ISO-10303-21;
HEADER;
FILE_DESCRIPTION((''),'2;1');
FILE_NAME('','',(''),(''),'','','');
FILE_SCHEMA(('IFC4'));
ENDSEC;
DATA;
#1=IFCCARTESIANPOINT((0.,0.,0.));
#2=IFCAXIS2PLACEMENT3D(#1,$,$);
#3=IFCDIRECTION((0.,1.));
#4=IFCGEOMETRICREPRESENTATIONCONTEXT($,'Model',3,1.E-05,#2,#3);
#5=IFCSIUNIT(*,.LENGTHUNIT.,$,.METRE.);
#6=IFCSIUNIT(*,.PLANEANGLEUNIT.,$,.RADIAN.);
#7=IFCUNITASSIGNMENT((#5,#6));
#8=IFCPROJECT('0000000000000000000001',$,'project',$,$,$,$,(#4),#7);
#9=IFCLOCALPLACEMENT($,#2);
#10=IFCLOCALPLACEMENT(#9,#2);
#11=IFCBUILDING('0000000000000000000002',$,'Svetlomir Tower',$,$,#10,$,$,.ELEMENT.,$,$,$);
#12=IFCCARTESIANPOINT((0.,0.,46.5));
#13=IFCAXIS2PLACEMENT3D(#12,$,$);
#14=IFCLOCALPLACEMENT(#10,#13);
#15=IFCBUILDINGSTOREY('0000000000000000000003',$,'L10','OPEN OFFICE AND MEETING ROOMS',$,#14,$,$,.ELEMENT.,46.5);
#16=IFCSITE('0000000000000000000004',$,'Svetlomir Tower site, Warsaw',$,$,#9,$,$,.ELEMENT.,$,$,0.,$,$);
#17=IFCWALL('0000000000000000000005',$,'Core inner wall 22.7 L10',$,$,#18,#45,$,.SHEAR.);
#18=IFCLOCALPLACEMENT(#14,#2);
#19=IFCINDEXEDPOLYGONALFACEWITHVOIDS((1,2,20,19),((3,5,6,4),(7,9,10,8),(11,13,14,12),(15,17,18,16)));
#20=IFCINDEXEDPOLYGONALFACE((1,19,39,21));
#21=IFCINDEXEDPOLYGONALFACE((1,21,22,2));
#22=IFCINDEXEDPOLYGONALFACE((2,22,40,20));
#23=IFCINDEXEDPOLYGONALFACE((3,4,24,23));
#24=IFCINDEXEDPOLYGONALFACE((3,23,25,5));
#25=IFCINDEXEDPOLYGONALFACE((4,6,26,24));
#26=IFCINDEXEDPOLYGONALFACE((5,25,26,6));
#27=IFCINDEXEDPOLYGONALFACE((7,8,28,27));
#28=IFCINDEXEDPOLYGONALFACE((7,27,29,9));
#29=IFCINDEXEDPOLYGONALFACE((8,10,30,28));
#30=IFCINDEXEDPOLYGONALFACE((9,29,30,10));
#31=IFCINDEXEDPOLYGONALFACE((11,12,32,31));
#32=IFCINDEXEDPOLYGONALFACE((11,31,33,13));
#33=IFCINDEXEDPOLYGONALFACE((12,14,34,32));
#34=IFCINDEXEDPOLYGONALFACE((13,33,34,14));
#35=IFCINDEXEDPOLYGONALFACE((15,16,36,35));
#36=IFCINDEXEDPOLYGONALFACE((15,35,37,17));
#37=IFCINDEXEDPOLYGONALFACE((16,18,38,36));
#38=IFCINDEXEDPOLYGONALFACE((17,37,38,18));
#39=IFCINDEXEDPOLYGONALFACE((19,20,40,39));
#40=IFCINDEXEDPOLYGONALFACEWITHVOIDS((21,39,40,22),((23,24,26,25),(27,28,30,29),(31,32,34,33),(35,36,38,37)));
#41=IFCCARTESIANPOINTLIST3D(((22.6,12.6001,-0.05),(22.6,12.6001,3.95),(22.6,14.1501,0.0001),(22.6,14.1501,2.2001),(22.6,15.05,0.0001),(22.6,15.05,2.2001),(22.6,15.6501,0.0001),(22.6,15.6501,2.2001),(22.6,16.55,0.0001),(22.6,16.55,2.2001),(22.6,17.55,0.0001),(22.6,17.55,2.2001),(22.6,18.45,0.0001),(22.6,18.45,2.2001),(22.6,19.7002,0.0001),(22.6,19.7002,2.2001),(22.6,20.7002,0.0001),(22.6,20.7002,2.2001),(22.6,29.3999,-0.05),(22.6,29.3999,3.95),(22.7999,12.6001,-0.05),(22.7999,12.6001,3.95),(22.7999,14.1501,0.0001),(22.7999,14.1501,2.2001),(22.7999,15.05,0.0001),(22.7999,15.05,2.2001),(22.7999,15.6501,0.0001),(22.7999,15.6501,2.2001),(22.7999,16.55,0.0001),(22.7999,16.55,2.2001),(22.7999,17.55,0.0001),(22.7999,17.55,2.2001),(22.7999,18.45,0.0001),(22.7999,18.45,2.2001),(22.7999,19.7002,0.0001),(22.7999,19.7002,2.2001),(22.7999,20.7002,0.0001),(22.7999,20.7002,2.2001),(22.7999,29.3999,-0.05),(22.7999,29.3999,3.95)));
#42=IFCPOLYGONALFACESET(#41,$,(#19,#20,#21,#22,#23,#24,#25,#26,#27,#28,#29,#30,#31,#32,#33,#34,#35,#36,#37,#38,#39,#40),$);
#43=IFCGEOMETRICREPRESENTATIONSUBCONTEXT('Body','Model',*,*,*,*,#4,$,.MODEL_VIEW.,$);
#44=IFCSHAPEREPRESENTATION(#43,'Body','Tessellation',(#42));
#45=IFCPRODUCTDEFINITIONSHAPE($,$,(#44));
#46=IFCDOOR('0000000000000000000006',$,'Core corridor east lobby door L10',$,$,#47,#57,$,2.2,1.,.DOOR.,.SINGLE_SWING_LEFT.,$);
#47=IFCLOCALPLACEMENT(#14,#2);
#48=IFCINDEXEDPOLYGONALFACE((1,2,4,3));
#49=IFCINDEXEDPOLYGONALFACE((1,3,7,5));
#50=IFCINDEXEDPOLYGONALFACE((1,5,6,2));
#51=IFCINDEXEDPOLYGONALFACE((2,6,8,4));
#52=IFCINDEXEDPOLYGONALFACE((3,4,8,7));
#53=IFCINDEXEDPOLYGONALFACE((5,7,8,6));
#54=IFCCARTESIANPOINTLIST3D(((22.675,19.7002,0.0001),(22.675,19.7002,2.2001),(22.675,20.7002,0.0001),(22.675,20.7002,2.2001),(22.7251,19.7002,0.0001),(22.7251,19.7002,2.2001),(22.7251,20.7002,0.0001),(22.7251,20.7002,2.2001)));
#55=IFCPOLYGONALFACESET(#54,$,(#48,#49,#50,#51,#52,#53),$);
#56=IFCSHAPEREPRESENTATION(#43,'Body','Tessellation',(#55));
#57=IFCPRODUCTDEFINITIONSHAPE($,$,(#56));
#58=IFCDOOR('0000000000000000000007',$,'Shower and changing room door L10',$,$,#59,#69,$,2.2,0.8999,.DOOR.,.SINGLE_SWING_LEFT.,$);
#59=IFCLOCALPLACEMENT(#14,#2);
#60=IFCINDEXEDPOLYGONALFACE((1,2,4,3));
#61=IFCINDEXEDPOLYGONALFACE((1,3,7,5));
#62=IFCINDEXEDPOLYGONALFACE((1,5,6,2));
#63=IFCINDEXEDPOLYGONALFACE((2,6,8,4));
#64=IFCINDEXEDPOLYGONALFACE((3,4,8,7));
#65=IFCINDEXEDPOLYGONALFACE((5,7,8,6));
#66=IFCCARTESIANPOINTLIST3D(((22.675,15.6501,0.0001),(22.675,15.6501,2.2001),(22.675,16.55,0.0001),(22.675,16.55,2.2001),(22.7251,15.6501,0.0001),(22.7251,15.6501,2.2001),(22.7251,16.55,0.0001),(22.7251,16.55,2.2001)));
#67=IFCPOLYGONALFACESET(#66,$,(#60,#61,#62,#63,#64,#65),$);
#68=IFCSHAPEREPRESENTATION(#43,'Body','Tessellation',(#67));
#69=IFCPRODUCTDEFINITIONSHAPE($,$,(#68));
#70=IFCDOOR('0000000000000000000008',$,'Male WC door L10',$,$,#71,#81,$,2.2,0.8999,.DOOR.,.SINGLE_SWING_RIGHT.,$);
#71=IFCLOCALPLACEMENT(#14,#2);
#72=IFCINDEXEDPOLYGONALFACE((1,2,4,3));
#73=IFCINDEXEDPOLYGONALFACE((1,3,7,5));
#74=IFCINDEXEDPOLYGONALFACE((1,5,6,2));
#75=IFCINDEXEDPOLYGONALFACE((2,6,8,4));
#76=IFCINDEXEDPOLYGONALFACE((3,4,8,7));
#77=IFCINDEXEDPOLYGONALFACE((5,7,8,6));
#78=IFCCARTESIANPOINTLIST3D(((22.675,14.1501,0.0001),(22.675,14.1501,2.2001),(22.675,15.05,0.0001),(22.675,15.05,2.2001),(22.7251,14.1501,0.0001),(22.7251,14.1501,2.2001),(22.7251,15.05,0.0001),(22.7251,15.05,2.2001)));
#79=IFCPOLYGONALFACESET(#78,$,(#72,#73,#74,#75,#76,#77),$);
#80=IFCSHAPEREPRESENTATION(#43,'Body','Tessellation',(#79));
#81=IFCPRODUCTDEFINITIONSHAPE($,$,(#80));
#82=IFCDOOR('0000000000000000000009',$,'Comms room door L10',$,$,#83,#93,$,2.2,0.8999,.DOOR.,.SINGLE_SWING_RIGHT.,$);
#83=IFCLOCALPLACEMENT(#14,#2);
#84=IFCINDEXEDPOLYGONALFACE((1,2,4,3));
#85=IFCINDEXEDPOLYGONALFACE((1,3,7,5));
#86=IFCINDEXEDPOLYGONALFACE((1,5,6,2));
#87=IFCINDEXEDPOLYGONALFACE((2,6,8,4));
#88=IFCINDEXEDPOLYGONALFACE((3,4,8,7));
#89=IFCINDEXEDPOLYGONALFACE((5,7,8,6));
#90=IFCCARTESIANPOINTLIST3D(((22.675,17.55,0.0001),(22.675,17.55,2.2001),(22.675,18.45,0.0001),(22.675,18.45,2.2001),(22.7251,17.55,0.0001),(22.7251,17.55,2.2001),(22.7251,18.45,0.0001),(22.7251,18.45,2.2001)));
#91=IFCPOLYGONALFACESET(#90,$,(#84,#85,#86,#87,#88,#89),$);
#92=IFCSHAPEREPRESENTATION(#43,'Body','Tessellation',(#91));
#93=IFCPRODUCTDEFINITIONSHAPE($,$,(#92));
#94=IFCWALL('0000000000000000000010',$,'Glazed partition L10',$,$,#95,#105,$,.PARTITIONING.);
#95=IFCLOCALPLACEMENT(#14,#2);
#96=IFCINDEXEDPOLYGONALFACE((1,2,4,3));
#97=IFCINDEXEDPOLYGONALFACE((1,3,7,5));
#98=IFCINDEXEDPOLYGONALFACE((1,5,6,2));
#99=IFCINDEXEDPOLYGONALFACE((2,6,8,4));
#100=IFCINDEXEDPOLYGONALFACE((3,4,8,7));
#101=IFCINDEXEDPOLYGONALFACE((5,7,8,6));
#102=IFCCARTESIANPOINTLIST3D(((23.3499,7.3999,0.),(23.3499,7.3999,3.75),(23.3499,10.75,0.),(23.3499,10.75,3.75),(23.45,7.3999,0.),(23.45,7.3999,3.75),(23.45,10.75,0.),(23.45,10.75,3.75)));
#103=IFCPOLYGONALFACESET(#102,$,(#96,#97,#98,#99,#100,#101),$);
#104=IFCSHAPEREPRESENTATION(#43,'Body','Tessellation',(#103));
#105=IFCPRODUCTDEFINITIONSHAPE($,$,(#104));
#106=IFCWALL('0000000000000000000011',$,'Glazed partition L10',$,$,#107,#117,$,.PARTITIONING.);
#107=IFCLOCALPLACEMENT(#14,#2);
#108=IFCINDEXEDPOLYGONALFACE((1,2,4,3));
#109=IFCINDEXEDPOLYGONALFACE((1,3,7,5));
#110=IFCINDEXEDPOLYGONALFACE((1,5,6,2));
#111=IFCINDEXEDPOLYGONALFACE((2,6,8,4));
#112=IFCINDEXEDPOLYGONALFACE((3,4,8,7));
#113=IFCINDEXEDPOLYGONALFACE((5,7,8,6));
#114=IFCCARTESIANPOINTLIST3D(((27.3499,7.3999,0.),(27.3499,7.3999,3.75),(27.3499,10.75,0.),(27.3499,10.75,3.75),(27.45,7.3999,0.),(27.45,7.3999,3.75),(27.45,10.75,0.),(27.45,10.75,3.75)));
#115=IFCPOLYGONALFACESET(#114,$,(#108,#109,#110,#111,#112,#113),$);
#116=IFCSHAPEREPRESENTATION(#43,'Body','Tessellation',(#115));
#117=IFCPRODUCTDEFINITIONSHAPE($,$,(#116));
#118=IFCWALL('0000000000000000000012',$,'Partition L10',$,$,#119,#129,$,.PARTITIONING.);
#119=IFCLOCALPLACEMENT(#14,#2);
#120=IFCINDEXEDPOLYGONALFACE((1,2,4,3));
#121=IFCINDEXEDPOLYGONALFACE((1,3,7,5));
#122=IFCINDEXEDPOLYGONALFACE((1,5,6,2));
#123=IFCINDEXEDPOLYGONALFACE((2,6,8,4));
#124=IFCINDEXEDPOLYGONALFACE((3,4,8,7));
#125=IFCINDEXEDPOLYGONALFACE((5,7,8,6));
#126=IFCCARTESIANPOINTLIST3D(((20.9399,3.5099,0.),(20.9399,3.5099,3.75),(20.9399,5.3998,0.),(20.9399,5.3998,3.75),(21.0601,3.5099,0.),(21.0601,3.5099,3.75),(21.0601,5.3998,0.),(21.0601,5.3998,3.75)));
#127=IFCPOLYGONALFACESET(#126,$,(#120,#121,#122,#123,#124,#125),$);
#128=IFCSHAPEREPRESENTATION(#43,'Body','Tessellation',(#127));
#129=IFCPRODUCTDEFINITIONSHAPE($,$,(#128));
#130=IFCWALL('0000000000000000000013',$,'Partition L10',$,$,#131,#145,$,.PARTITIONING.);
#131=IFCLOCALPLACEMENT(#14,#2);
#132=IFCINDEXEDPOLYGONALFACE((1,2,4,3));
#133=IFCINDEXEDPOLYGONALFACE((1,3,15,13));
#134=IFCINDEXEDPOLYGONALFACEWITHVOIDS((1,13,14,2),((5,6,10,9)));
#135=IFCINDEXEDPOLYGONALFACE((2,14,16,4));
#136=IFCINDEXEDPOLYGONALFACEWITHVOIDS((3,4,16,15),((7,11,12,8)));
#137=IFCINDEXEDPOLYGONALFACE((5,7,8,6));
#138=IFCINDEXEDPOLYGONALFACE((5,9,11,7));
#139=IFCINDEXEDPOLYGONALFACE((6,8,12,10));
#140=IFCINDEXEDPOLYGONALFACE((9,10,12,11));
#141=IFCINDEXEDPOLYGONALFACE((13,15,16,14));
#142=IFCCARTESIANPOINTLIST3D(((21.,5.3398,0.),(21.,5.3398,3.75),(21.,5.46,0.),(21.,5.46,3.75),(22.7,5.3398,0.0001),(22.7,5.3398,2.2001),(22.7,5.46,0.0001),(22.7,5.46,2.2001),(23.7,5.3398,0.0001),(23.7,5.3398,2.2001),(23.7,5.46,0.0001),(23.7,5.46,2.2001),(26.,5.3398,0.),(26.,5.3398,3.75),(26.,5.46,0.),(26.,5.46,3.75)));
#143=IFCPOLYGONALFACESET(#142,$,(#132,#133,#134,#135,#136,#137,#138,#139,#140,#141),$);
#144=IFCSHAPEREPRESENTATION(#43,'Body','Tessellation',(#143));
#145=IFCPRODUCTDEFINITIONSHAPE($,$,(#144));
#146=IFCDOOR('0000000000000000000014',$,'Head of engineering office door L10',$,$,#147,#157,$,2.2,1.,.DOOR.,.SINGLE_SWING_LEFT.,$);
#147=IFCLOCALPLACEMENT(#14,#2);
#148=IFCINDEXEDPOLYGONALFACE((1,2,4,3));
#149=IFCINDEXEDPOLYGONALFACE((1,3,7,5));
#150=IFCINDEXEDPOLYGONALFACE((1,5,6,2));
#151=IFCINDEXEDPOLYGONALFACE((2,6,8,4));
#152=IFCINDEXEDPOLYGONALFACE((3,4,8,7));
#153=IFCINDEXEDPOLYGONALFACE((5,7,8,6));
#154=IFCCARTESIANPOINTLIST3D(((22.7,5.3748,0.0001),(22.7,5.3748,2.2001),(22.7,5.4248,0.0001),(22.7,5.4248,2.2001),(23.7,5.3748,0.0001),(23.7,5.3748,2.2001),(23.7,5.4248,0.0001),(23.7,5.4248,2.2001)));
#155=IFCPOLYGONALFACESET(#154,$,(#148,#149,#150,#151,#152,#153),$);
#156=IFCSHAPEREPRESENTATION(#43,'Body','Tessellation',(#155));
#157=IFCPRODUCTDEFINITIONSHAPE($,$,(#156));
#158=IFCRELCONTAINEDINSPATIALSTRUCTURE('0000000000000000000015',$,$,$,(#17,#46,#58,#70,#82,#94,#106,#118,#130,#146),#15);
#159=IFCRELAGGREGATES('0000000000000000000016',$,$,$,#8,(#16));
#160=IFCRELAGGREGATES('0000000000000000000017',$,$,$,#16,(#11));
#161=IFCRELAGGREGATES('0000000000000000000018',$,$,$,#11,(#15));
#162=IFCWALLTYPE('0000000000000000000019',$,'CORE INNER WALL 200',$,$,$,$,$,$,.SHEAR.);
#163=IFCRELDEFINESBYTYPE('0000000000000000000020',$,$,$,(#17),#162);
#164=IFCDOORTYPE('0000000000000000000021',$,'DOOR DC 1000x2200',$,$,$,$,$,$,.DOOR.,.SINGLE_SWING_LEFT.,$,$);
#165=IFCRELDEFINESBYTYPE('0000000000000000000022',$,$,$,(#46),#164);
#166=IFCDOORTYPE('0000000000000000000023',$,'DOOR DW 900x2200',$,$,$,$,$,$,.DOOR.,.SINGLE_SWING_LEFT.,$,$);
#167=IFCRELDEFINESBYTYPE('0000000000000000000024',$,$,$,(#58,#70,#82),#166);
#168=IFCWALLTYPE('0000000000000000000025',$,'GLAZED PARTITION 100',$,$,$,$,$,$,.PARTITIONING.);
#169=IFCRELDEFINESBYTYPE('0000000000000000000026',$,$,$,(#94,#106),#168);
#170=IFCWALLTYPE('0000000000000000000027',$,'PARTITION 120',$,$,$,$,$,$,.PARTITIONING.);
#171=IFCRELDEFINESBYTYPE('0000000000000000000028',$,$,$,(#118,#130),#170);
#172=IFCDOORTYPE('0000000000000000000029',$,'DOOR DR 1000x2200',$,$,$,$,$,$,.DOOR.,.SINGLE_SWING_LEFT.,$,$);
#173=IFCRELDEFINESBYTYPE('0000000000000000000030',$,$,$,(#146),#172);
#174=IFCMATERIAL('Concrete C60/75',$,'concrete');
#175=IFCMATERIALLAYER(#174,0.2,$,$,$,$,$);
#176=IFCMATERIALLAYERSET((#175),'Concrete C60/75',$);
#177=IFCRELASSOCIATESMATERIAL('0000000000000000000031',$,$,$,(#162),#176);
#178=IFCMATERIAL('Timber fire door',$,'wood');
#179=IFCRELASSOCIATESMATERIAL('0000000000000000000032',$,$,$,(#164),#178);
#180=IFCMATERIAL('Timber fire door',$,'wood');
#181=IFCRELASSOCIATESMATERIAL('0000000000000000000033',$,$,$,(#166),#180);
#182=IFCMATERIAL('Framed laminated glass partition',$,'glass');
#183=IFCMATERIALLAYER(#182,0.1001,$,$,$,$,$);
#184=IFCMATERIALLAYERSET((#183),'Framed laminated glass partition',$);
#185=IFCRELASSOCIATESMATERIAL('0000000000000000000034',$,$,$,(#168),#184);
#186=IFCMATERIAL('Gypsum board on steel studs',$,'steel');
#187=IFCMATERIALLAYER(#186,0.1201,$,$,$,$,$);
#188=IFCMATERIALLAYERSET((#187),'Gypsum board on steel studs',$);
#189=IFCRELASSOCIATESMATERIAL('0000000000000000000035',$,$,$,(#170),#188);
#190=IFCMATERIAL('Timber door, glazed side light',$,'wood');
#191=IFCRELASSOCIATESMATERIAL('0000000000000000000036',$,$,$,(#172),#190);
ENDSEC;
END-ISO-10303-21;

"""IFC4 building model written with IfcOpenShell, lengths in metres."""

from ifc_helpers import new_model, si_unit, direction, frame, frame_2d, origin, place, context, subcontext, project, spatial, rectangle, extrude, material, layer, layer_set, type_object, element, fill, save


model = new_model("IFC4")

# Units and contexts
model_context = context("Model", 3, precision=1e-05, world=origin(), true_north=direction((0.0, 1.0)))
body_context = subcontext(model_context, "Body", "Model", "MODEL_VIEW")
ifc_project = project(units=[si_unit("LENGTHUNIT", "METRE"), si_unit("PLANEANGLEUNIT", "RADIAN")], contexts=[model_context])

# Site, building, storey
site_placement = place(None, origin())
site = spatial("IfcSite", under=ifc_project, at=site_placement, Name="Svetlomir Tower site, Warsaw", CompositionType="ELEMENT", RefElevation=0.0)
building_placement = place(site_placement, origin())
building = spatial("IfcBuilding", under=site, at=building_placement, Name="Svetlomir Tower", CompositionType="ELEMENT")
storey_placement = place(building_placement, frame((0.0, 0.0, 46.5)))
storey = spatial("IfcBuildingStorey", under=building, at=storey_placement, Name="L10", Description="OPEN OFFICE AND MEETING ROOMS", CompositionType="ELEMENT", Elevation=46.5)

# Wall, openings, doors
ifc_material_1 = material(Name="Concrete C60/75", Category="concrete")
ifc_layer_1 = layer(ifc_material_1, 0.2)
ifc_layer_set_1 = layer_set([ifc_layer_1], Name="Concrete C60/75")
wall_type_1 = type_object("IfcWallType", Name="CORE INNER WALL 200", PredefinedType="SHEAR", material=ifc_layer_set_1)
wall_1_placement = place(storey_placement, frame((22.7, 12.6001, -0.05), z_axis=(0.0, 0.0, 1.0), x_axis=(0.0, 1.0, 0.0)))
wall_1 = element("IfcWall", 1, at=wall_1_placement, inside=storey, type_object=wall_type_1, Name="Core inner wall 22.7 L10", PredefinedType="SHEAR", context=body_context, shape_type="SweptSolid", body=[
    extrude(rectangle(XDim=16.7998, YDim=0.2, at=frame_2d((8.3999, 0.0))), origin(), (0.0, 0.0, 1.0), 4.0),
])
opening_1_placement = place(wall_1_placement, frame((3.05, 0.0, 0.05)))
opening_1 = element("IfcOpeningElement", 2, at=opening_1_placement, cuts=wall_1, PredefinedType="OPENING", context=body_context, shape_type="SweptSolid", body=[
    extrude(rectangle(XDim=0.8999, YDim=2.2, at=frame_2d((0.45, 1.1001))), frame((0.0, 0.1099, 0.0), z_axis=(0.0, -1.0, 0.0), x_axis=(1.0, 0.0, 0.0)), (0.0, 0.0, 1.0), 0.22),
])
opening_2_placement = place(wall_1_placement, frame((7.1001, 0.0, 0.05)))
opening_2 = element("IfcOpeningElement", 3, at=opening_2_placement, cuts=wall_1, PredefinedType="OPENING", context=body_context, shape_type="SweptSolid", body=[
    extrude(rectangle(XDim=1.0, YDim=2.2, at=frame_2d((0.5, 1.1001))), frame((0.0, 0.1099, 0.0), z_axis=(0.0, -1.0, 0.0), x_axis=(1.0, 0.0, 0.0)), (0.0, 0.0, 1.0), 0.22),
])
opening_3_placement = place(wall_1_placement, frame((1.55, 0.0, 0.05)))
opening_3 = element("IfcOpeningElement", 4, at=opening_3_placement, cuts=wall_1, PredefinedType="OPENING", context=body_context, shape_type="SweptSolid", body=[
    extrude(rectangle(XDim=0.8999, YDim=2.2, at=frame_2d((0.45, 1.1001))), frame((0.0, 0.1099, 0.0), z_axis=(0.0, -1.0, 0.0), x_axis=(1.0, 0.0, 0.0)), (0.0, 0.0, 1.0), 0.22),
])
opening_4_placement = place(wall_1_placement, frame((4.95, 0.0, 0.05)))
opening_4 = element("IfcOpeningElement", 5, at=opening_4_placement, cuts=wall_1, PredefinedType="OPENING", context=body_context, shape_type="SweptSolid", body=[
    extrude(rectangle(XDim=0.8999, YDim=2.2, at=frame_2d((0.45, 1.1001))), frame((0.0, 0.1099, 0.0), z_axis=(0.0, -1.0, 0.0), x_axis=(1.0, 0.0, 0.0)), (0.0, 0.0, 1.0), 0.22),
])
ifc_material_2 = material(Name="Timber fire door", Category="wood")
door_type_1 = type_object("IfcDoorType", Name="DOOR DC 1000x2200", OperationType="SINGLE_SWING_LEFT", PredefinedType="DOOR", material=ifc_material_2)
door_1_placement = place(opening_2_placement, origin())
door_1 = element("IfcDoor", 6, at=door_1_placement, inside=storey, type_object=door_type_1, Name="Core corridor east lobby door L10", OperationType="SINGLE_SWING_LEFT", OverallHeight=2.2, OverallWidth=1.0, PredefinedType="DOOR", context=body_context, shape_type="SweptSolid", body=[
    extrude(rectangle(XDim=1.0, YDim=2.2, at=frame_2d((0.5, 1.1001))), frame((0.0, 0.0249, 0.0), z_axis=(0.0, -1.0, 0.0), x_axis=(1.0, 0.0, 0.0)), (0.0, 0.0, 1.0), 0.05),
])
fill(opening_2, door_1)
ifc_material_3 = material(Name="Timber fire door", Category="wood")
door_type_2 = type_object("IfcDoorType", Name="DOOR DW 900x2200", OperationType="SINGLE_SWING_LEFT", PredefinedType="DOOR", material=ifc_material_3)
door_2_placement = place(opening_1_placement, origin())
door_2 = element("IfcDoor", 7, at=door_2_placement, inside=storey, type_object=door_type_2, Name="Shower and changing room door L10", OperationType="SINGLE_SWING_LEFT", OverallHeight=2.2, OverallWidth=0.8999, PredefinedType="DOOR", context=body_context, shape_type="SweptSolid", body=[
    extrude(rectangle(XDim=0.8999, YDim=2.2, at=frame_2d((0.45, 1.1001))), frame((0.0, 0.0249, 0.0), z_axis=(0.0, -1.0, 0.0), x_axis=(1.0, 0.0, 0.0)), (0.0, 0.0, 1.0), 0.05),
])
fill(opening_1, door_2)
door_3_placement = place(opening_3_placement, origin())
door_3 = element("IfcDoor", 8, at=door_3_placement, inside=storey, type_object=door_type_2, Name="Male WC door L10", OperationType="SINGLE_SWING_RIGHT", OverallHeight=2.2, OverallWidth=0.8999, PredefinedType="DOOR", context=body_context, shape_type="SweptSolid", body=[
    extrude(rectangle(XDim=0.8999, YDim=2.2, at=frame_2d((0.45, 1.1001))), frame((0.0, 0.0249, 0.0), z_axis=(0.0, -1.0, 0.0), x_axis=(1.0, 0.0, 0.0)), (0.0, 0.0, 1.0), 0.05),
])
fill(opening_3, door_3)
door_4_placement = place(opening_4_placement, origin())
door_4 = element("IfcDoor", 9, at=door_4_placement, inside=storey, type_object=door_type_2, Name="Comms room door L10", OperationType="SINGLE_SWING_RIGHT", OverallHeight=2.2, OverallWidth=0.8999, PredefinedType="DOOR", context=body_context, shape_type="SweptSolid", body=[
    extrude(rectangle(XDim=0.8999, YDim=2.2, at=frame_2d((0.45, 1.1001))), frame((0.0, 0.0249, 0.0), z_axis=(0.0, -1.0, 0.0), x_axis=(1.0, 0.0, 0.0)), (0.0, 0.0, 1.0), 0.05),
])
fill(opening_4, door_4)

# Walls
ifc_material_4 = material(Name="Framed laminated glass partition", Category="glass")
ifc_layer_2 = layer(ifc_material_4, 0.1001)
ifc_layer_set_2 = layer_set([ifc_layer_2], Name="Framed laminated glass partition")
wall_type_2 = type_object("IfcWallType", Name="GLAZED PARTITION 100", PredefinedType="PARTITIONING", material=ifc_layer_set_2)
for number, where, z_axis, x_axis, name in (
    (10, (23.3999, 7.3999, 0.0), (0.0, 0.0, 1.0), (0.0, 1.0, 0.0), "Glazed partition L10"),
    (11, (27.3999, 7.3999, 0.0), (0.0, 0.0, 1.0), (0.0, 1.0, 0.0), "Glazed partition L10"),
):
    element("IfcWall", number, at=place(storey_placement, frame(where, z_axis=z_axis, x_axis=x_axis)), inside=storey, type_object=wall_type_2, Name=name, PredefinedType="PARTITIONING", context=body_context, shape_type="SweptSolid", body=[
        extrude(rectangle(XDim=3.3501, YDim=0.1001, at=frame_2d((1.675, 0.0))), origin(), (0.0, 0.0, 1.0), 3.75),
    ])
ifc_material_5 = material(Name="Gypsum board on steel studs", Category="steel")
ifc_layer_3 = layer(ifc_material_5, 0.1201)
ifc_layer_set_3 = layer_set([ifc_layer_3], Name="Gypsum board on steel studs")
wall_type_3 = type_object("IfcWallType", Name="PARTITION 120", PredefinedType="PARTITIONING", material=ifc_layer_set_3)
wall_2_placement = place(storey_placement, frame((21.0, 3.51, 0.0), z_axis=(0.0, 0.0, 1.0), x_axis=(0.0, 1.0, 0.0)))
element("IfcWall", 12, at=wall_2_placement, inside=storey, type_object=wall_type_3, Name="Partition L10", PredefinedType="PARTITIONING", context=body_context, shape_type="SweptSolid", body=[
    extrude(rectangle(XDim=1.8899, YDim=0.1201, at=frame_2d((0.9448, 0.0))), origin(), (0.0, 0.0, 1.0), 3.75),
])

# Wall, opening, door
wall_3_placement = place(storey_placement, frame((21.0, 5.3999, 0.0), z_axis=(0.0, 0.0, 1.0), x_axis=(1.0, 0.0, 0.0)))
wall_3 = element("IfcWall", 13, at=wall_3_placement, inside=storey, type_object=wall_type_3, Name="Partition L10", PredefinedType="PARTITIONING", context=body_context, shape_type="SweptSolid", body=[
    extrude(rectangle(XDim=5.0, YDim=0.1201, at=frame_2d((2.5, 0.0))), origin(), (0.0, 0.0, 1.0), 3.75),
])
opening_5_placement = place(wall_3_placement, frame((1.7, 0.0, 0.0)))
opening_5 = element("IfcOpeningElement", 14, at=opening_5_placement, cuts=wall_3, PredefinedType="OPENING", context=body_context, shape_type="SweptSolid", body=[
    extrude(rectangle(XDim=1.0, YDim=2.2, at=frame_2d((0.5, 1.1001))), frame((0.0, 0.0701, 0.0), z_axis=(0.0, -1.0, 0.0), x_axis=(1.0, 0.0, 0.0)), (0.0, 0.0, 1.0), 0.1401),
])
ifc_material_6 = material(Name="Timber door, glazed side light", Category="wood")
door_type_3 = type_object("IfcDoorType", Name="DOOR DR 1000x2200", OperationType="SINGLE_SWING_LEFT", PredefinedType="DOOR", material=ifc_material_6)
door_5_placement = place(opening_5_placement, origin())
door_5 = element("IfcDoor", 15, at=door_5_placement, inside=storey, type_object=door_type_3, Name="Head of engineering office door L10", OperationType="SINGLE_SWING_LEFT", OverallHeight=2.2, OverallWidth=1.0, PredefinedType="DOOR", context=body_context, shape_type="SweptSolid", body=[
    extrude(rectangle(XDim=1.0, YDim=2.2, at=frame_2d((0.5, 1.1001))), frame((0.0, 0.0249, 0.0), z_axis=(0.0, -1.0, 0.0), x_axis=(1.0, 0.0, 0.0)), (0.0, 0.0, 1.0), 0.05),
])
fill(opening_5, door_5)

save(model, "model.ifc")
